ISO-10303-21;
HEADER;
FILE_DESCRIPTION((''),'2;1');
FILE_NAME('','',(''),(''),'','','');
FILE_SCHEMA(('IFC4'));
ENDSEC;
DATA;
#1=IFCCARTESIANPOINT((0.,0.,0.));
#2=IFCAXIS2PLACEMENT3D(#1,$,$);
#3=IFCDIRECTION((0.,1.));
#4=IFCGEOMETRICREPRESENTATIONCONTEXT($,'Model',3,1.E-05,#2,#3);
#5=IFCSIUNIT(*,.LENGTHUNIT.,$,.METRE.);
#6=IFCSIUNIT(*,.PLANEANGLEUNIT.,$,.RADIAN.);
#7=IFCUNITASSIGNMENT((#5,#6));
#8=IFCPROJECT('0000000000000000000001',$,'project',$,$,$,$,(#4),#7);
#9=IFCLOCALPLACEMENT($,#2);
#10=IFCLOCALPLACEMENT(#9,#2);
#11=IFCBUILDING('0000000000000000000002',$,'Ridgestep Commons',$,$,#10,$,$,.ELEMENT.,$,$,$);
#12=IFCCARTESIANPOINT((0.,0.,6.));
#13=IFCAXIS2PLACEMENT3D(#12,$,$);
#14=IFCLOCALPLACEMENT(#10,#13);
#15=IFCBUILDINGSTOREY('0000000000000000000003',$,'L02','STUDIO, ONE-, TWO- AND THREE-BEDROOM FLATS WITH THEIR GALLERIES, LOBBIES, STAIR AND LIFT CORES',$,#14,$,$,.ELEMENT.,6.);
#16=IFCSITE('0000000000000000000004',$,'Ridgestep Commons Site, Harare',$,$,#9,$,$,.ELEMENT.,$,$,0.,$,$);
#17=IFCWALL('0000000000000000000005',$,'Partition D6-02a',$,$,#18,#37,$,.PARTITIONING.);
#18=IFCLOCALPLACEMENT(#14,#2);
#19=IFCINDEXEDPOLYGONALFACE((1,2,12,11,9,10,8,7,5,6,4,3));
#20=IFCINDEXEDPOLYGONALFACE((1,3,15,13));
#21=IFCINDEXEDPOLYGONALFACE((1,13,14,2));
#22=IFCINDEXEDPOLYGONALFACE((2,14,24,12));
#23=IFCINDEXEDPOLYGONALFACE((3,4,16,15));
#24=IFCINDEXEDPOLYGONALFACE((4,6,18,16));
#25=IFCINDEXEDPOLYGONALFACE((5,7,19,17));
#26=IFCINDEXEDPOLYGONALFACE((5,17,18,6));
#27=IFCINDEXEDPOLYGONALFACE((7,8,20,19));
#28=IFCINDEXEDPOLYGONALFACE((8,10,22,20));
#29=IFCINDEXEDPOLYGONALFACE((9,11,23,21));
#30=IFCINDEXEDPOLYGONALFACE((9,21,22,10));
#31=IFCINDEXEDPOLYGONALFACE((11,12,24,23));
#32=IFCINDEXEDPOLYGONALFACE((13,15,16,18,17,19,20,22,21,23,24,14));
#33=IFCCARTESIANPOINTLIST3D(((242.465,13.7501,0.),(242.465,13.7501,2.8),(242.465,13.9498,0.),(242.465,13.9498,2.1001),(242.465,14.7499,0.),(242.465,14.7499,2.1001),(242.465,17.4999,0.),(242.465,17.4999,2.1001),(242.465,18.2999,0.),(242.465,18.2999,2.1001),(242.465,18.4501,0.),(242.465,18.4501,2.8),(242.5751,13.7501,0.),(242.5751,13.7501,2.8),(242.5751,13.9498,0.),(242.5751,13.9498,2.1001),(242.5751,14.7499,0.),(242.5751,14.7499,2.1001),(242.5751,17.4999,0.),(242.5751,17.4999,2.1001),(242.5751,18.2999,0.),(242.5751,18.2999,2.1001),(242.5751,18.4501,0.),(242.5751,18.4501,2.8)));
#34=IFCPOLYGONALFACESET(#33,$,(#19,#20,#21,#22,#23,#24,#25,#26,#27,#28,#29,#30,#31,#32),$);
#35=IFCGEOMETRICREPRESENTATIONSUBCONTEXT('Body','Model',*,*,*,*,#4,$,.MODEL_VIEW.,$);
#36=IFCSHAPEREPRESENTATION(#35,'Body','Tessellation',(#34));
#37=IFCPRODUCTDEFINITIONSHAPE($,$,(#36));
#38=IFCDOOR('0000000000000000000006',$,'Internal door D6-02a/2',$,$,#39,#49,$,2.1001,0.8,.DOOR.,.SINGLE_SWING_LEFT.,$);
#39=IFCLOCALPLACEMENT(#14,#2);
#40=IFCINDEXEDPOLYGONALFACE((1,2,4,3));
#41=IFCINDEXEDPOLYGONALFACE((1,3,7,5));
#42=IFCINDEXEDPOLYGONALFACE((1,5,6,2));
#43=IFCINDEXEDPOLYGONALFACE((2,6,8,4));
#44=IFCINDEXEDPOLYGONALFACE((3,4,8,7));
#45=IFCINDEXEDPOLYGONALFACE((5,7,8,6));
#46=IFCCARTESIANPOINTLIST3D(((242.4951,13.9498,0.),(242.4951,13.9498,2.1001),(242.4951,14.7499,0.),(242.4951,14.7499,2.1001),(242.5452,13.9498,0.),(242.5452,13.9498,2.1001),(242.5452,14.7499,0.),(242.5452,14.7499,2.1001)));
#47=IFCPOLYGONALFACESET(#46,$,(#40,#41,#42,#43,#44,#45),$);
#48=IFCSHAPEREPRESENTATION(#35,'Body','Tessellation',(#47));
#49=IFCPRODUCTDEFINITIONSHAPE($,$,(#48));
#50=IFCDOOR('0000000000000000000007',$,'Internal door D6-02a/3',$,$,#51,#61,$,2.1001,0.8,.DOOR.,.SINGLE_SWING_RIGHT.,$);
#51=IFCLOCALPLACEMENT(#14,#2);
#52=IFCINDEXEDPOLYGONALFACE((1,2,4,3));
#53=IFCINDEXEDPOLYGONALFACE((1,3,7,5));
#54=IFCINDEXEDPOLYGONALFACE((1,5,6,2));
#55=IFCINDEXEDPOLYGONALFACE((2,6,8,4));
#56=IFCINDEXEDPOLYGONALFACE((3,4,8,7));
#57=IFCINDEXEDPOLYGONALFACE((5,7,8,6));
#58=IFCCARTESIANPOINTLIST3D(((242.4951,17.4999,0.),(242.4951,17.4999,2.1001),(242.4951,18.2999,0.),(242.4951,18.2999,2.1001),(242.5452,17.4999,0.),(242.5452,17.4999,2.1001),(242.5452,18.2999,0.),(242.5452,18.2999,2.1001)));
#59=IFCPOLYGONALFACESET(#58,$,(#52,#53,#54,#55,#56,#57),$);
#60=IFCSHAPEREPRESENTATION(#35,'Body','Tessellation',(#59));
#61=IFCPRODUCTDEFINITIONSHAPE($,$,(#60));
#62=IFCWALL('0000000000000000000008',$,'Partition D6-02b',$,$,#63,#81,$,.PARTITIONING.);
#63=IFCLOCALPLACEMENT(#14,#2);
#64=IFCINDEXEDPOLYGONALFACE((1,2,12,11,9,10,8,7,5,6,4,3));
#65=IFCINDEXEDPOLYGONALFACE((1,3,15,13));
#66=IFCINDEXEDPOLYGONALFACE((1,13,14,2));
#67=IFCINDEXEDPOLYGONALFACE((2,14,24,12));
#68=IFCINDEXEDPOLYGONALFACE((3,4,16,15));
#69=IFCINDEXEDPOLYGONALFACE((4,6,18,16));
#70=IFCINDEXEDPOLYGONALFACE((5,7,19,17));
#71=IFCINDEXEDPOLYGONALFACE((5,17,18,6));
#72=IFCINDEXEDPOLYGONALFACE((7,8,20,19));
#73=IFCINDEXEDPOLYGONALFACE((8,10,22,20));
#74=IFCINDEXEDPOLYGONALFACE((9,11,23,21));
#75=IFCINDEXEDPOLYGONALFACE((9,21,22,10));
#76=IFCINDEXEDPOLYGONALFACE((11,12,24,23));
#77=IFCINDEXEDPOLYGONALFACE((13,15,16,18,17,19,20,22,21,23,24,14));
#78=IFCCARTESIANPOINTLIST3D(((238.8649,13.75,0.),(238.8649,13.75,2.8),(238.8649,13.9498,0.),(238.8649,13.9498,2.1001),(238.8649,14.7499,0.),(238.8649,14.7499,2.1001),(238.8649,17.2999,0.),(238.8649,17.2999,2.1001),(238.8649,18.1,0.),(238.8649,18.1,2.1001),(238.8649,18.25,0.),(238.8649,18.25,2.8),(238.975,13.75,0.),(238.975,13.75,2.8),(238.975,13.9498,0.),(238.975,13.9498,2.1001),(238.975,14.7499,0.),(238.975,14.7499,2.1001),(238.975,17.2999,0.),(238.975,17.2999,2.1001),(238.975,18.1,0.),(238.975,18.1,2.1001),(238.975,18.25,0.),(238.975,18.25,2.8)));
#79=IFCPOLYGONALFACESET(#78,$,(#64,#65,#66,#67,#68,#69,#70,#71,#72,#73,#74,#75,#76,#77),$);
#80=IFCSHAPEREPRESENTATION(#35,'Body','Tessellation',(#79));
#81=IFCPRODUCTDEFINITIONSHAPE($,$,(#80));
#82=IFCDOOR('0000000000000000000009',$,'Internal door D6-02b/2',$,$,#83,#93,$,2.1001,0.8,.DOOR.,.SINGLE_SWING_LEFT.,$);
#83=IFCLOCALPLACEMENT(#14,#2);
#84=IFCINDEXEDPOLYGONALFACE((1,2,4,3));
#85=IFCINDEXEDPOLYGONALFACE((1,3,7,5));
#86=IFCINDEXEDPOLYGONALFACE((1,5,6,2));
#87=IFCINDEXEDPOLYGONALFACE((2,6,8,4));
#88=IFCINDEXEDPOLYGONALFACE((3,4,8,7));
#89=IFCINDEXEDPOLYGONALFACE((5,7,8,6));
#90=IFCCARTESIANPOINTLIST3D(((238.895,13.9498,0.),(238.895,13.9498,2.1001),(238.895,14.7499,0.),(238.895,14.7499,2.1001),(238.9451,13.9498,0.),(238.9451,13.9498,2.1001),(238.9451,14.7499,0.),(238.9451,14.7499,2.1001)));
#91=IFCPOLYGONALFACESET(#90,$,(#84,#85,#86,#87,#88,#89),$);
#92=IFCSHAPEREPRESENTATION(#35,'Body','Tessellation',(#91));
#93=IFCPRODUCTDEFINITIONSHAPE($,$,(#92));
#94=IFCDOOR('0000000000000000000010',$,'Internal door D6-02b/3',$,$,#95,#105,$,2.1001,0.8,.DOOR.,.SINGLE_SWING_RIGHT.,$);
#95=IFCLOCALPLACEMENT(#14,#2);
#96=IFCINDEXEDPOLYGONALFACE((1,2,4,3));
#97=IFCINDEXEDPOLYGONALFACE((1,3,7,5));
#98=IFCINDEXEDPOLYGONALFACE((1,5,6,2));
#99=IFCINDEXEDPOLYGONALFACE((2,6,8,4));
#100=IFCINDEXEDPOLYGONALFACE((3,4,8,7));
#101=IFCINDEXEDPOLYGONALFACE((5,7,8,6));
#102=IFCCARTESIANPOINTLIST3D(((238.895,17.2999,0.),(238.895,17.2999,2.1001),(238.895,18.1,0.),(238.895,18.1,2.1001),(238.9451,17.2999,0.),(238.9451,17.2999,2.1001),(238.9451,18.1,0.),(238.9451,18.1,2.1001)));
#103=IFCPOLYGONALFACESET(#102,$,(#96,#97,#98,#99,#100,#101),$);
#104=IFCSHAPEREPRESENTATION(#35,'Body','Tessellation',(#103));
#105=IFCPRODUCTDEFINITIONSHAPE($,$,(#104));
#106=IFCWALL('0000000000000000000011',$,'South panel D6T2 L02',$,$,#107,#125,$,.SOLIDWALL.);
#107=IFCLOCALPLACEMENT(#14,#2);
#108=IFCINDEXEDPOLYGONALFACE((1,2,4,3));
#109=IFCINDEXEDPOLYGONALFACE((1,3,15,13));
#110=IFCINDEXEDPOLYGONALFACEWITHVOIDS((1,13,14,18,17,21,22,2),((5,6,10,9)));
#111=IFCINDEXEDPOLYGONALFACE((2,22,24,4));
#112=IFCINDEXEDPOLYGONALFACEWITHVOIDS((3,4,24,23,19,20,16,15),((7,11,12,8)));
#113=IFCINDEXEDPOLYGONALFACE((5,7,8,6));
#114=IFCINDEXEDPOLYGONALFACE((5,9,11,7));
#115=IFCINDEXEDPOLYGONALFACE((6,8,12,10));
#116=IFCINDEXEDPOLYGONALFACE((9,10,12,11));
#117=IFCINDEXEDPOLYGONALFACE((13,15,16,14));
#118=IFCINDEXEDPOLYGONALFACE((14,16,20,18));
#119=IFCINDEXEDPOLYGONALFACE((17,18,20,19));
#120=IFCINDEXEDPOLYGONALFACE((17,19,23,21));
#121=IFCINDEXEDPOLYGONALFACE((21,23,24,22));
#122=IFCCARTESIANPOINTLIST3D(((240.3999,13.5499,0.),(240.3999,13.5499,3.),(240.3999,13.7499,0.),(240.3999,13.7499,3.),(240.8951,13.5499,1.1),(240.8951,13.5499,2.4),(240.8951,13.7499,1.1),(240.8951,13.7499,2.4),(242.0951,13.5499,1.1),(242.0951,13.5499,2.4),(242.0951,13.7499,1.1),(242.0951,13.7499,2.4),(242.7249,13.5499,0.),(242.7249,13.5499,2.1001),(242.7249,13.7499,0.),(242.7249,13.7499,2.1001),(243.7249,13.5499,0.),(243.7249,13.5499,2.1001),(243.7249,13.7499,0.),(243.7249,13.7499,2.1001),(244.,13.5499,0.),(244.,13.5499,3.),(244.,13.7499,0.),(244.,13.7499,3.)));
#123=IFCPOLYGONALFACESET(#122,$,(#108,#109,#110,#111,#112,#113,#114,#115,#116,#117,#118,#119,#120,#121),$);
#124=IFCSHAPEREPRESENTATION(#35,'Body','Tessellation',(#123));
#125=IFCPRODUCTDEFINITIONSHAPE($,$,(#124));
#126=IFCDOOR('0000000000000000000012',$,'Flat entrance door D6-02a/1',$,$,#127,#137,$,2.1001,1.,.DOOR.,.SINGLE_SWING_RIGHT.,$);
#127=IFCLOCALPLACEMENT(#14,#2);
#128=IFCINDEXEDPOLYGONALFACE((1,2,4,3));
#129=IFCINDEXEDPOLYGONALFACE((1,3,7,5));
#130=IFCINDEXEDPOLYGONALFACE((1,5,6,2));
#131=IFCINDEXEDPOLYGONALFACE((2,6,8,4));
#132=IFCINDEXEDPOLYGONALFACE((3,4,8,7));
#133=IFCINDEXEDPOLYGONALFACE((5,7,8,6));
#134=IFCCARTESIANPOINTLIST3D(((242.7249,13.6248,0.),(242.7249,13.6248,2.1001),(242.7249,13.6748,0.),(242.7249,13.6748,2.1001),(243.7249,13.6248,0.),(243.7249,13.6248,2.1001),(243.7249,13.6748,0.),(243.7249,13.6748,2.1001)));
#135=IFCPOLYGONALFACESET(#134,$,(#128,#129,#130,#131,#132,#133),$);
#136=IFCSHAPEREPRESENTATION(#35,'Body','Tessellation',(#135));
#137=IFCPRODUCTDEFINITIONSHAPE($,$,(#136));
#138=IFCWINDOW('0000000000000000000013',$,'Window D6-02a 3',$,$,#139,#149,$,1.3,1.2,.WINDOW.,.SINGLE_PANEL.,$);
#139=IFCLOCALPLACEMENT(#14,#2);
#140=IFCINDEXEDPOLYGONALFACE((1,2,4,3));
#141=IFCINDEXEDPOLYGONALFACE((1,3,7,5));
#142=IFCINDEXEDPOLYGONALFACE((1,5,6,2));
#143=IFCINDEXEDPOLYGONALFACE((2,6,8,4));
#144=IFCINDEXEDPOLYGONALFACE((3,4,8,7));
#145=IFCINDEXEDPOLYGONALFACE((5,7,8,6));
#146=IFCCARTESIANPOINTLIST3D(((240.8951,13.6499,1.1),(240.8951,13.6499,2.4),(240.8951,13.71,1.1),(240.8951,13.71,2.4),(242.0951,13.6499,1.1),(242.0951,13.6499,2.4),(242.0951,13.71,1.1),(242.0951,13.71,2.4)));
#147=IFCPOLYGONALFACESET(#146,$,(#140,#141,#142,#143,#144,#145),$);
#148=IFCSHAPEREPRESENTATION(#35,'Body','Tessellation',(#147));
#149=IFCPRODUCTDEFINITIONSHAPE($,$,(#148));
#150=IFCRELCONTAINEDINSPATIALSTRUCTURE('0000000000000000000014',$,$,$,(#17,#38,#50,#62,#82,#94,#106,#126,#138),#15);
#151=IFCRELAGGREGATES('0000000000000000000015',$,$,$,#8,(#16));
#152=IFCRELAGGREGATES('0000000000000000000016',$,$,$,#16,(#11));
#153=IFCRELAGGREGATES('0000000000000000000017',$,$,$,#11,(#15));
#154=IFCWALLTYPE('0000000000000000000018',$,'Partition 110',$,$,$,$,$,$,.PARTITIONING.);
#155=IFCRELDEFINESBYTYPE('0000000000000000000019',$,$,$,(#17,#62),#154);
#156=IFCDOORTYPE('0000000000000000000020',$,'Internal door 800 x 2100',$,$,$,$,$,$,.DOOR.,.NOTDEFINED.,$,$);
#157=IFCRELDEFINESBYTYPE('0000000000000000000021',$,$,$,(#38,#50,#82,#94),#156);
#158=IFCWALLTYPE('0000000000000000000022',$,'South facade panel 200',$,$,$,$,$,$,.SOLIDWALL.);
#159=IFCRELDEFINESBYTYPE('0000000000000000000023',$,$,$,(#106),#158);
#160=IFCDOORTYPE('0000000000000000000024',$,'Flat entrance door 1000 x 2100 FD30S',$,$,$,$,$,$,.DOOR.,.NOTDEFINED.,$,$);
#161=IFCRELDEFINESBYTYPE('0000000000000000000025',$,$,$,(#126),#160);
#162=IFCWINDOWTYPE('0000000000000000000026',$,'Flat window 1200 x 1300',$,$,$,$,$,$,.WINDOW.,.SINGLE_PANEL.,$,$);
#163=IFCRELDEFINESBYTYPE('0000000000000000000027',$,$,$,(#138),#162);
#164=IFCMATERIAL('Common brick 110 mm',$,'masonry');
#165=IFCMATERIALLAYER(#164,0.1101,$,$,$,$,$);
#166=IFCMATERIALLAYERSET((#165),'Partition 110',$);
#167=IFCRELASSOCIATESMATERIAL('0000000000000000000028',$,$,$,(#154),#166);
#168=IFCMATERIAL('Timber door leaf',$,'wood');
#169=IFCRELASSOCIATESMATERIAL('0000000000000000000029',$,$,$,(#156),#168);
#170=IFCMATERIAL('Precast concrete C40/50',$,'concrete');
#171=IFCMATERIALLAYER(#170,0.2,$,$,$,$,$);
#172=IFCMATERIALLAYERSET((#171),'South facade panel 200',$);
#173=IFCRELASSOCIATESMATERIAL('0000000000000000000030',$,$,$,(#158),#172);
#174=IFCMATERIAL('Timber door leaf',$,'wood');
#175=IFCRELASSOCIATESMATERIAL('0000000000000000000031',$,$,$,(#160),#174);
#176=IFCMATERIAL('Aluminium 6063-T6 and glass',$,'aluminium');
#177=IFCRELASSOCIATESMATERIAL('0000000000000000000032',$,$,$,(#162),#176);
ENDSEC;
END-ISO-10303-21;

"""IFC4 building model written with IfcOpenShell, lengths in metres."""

from ifc_helpers import new_model, si_unit, direction, frame, frame_2d, origin, place, context, subcontext, project, spatial, rectangle, extrude, material, layer, layer_set, type_object, element, fill, save


model = new_model("IFC4")

# Units and contexts
model_context = context("Model", 3, precision=1e-05, world=origin(), true_north=direction((0.0, 1.0)))
body_context = subcontext(model_context, "Body", "Model", "MODEL_VIEW")
ifc_project = project(units=[si_unit("LENGTHUNIT", "METRE"), si_unit("PLANEANGLEUNIT", "RADIAN")], contexts=[model_context])

# Site, building, storey
site_placement = place(None, origin())
site = spatial("IfcSite", under=ifc_project, at=site_placement, Name="Ridgestep Commons Site, Harare", CompositionType="ELEMENT", RefElevation=0.0)
building_placement = place(site_placement, origin())
building = spatial("IfcBuilding", under=site, at=building_placement, Name="Ridgestep Commons", CompositionType="ELEMENT")
storey_placement = place(building_placement, frame((0.0, 0.0, 6.0)))
storey = spatial("IfcBuildingStorey", under=building, at=storey_placement, Name="L02", Description="STUDIO, ONE-, TWO- AND THREE-BEDROOM FLATS WITH THEIR GALLERIES, LOBBIES, STAIR AND LIFT CORES", CompositionType="ELEMENT", Elevation=6.0)

# Walls, openings, doors
ifc_material_1 = material(Name="Common brick 110 mm", Category="masonry")
ifc_layer_1 = layer(ifc_material_1, 0.1101)
ifc_layer_set_1 = layer_set([ifc_layer_1], Name="Partition 110")
wall_type_1 = type_object("IfcWallType", Name="Partition 110", PredefinedType="PARTITIONING", material=ifc_layer_set_1)
wall_1_placement = place(storey_placement, frame((242.52, 13.75, 0.0), z_axis=(0.0, 0.0, 1.0), x_axis=(0.0, 1.0, 0.0)))
wall_1 = element("IfcWall", 1, at=wall_1_placement, inside=storey, type_object=wall_type_1, Name="Partition D6-02a", PredefinedType="PARTITIONING", context=body_context, shape_type="SweptSolid", body=[
    extrude(rectangle(XDim=4.7, YDim=0.1101, at=frame_2d((2.3501, 0.0))), origin(), (0.0, 0.0, 1.0), 2.8),
])
opening_1_placement = place(wall_1_placement, frame((0.2, 0.0, 0.0)))
opening_1 = element("IfcOpeningElement", 2, at=opening_1_placement, cuts=wall_1, PredefinedType="OPENING", context=body_context, shape_type="SweptSolid", body=[
    extrude(rectangle(XDim=0.8, YDim=2.1001, at=frame_2d((0.3999, 1.05))), frame((0.0, 0.0649, 0.0), z_axis=(0.0, -1.0, 0.0), x_axis=(1.0, 0.0, 0.0)), (0.0, 0.0, 1.0), 0.1301),
])
opening_2_placement = place(wall_1_placement, frame((3.75, 0.0, 0.0)))
opening_2 = element("IfcOpeningElement", 3, at=opening_2_placement, cuts=wall_1, PredefinedType="OPENING", context=body_context, shape_type="SweptSolid", body=[
    extrude(rectangle(XDim=0.8, YDim=2.1001, at=frame_2d((0.3999, 1.05))), frame((0.0, 0.0649, 0.0), z_axis=(0.0, -1.0, 0.0), x_axis=(1.0, 0.0, 0.0)), (0.0, 0.0, 1.0), 0.1301),
])
ifc_material_2 = material(Name="Timber door leaf", Category="wood")
door_type_1 = type_object("IfcDoorType", Name="Internal door 800 x 2100", OperationType="NOTDEFINED", PredefinedType="DOOR", material=ifc_material_2)
door_1_placement = place(opening_1_placement, origin())
door_1 = element("IfcDoor", 4, at=door_1_placement, inside=storey, type_object=door_type_1, Name="Internal door D6-02a/2", OperationType="SINGLE_SWING_LEFT", OverallHeight=2.1001, OverallWidth=0.8, PredefinedType="DOOR", context=body_context, shape_type="SweptSolid", body=[
    extrude(rectangle(XDim=0.8, YDim=2.1001, at=frame_2d((0.3999, 1.05))), frame((0.0, 0.0249, 0.0), z_axis=(0.0, -1.0, 0.0), x_axis=(1.0, 0.0, 0.0)), (0.0, 0.0, 1.0), 0.05),
])
fill(opening_1, door_1)
door_2_placement = place(opening_2_placement, origin())
door_2 = element("IfcDoor", 5, at=door_2_placement, inside=storey, type_object=door_type_1, Name="Internal door D6-02a/3", OperationType="SINGLE_SWING_RIGHT", OverallHeight=2.1001, OverallWidth=0.8, PredefinedType="DOOR", context=body_context, shape_type="SweptSolid", body=[
    extrude(rectangle(XDim=0.8, YDim=2.1001, at=frame_2d((0.3999, 1.05))), frame((0.0, 0.0249, 0.0), z_axis=(0.0, -1.0, 0.0), x_axis=(1.0, 0.0, 0.0)), (0.0, 0.0, 1.0), 0.05),
])
fill(opening_2, door_2)
wall_2_placement = place(storey_placement, frame((238.9199, 13.75, 0.0), z_axis=(0.0, 0.0, 1.0), x_axis=(0.0, 1.0, 0.0)))
wall_2 = element("IfcWall", 6, at=wall_2_placement, inside=storey, type_object=wall_type_1, Name="Partition D6-02b", PredefinedType="PARTITIONING", context=body_context, shape_type="SweptSolid", body=[
    extrude(rectangle(XDim=4.5, YDim=0.1101, at=frame_2d((2.25, 0.0))), origin(), (0.0, 0.0, 1.0), 2.8),
])
opening_3_placement = place(wall_2_placement, frame((0.2, 0.0, 0.0)))
opening_3 = element("IfcOpeningElement", 7, at=opening_3_placement, cuts=wall_2, PredefinedType="OPENING", context=body_context, shape_type="SweptSolid", body=[
    extrude(rectangle(XDim=0.8, YDim=2.1001, at=frame_2d((0.3999, 1.05))), frame((0.0, 0.0649, 0.0), z_axis=(0.0, -1.0, 0.0), x_axis=(1.0, 0.0, 0.0)), (0.0, 0.0, 1.0), 0.1301),
])
opening_4_placement = place(wall_2_placement, frame((3.55, 0.0, 0.0)))
opening_4 = element("IfcOpeningElement", 8, at=opening_4_placement, cuts=wall_2, PredefinedType="OPENING", context=body_context, shape_type="SweptSolid", body=[
    extrude(rectangle(XDim=0.8, YDim=2.1001, at=frame_2d((0.3999, 1.05))), frame((0.0, 0.0649, 0.0), z_axis=(0.0, -1.0, 0.0), x_axis=(1.0, 0.0, 0.0)), (0.0, 0.0, 1.0), 0.1301),
])
door_3_placement = place(opening_3_placement, origin())
door_3 = element("IfcDoor", 9, at=door_3_placement, inside=storey, type_object=door_type_1, Name="Internal door D6-02b/2", OperationType="SINGLE_SWING_LEFT", OverallHeight=2.1001, OverallWidth=0.8, PredefinedType="DOOR", context=body_context, shape_type="SweptSolid", body=[
    extrude(rectangle(XDim=0.8, YDim=2.1001, at=frame_2d((0.3999, 1.05))), frame((0.0, 0.0249, 0.0), z_axis=(0.0, -1.0, 0.0), x_axis=(1.0, 0.0, 0.0)), (0.0, 0.0, 1.0), 0.05),
])
fill(opening_3, door_3)
door_4_placement = place(opening_4_placement, origin())
door_4 = element("IfcDoor", 10, at=door_4_placement, inside=storey, type_object=door_type_1, Name="Internal door D6-02b/3", OperationType="SINGLE_SWING_RIGHT", OverallHeight=2.1001, OverallWidth=0.8, PredefinedType="DOOR", context=body_context, shape_type="SweptSolid", body=[
    extrude(rectangle(XDim=0.8, YDim=2.1001, at=frame_2d((0.3999, 1.05))), frame((0.0, 0.0249, 0.0), z_axis=(0.0, -1.0, 0.0), x_axis=(1.0, 0.0, 0.0)), (0.0, 0.0, 1.0), 0.05),
])
fill(opening_4, door_4)

# Wall, openings, door, window
ifc_material_3 = material(Name="Precast concrete C40/50", Category="concrete")
ifc_layer_2 = layer(ifc_material_3, 0.2)
ifc_layer_set_2 = layer_set([ifc_layer_2], Name="South facade panel 200")
wall_type_2 = type_object("IfcWallType", Name="South facade panel 200", PredefinedType="SOLIDWALL", material=ifc_layer_set_2)
wall_3_placement = place(storey_placement, frame((240.3999, 13.6499, 0.0), z_axis=(0.0, 0.0, 1.0), x_axis=(1.0, 0.0, 0.0)))
wall_3 = element("IfcWall", 11, at=wall_3_placement, inside=storey, type_object=wall_type_2, Name="South panel D6T2 L02", PredefinedType="SOLIDWALL", context=body_context, shape_type="SweptSolid", body=[
    extrude(rectangle(XDim=3.6001, YDim=0.2, at=frame_2d((1.8, 0.0))), origin(), (0.0, 0.0, 1.0), 3.0),
])
opening_5_placement = place(wall_3_placement, frame((0.4951, 0.0, 1.1001)))
opening_5 = element("IfcOpeningElement", 12, at=opening_5_placement, cuts=wall_3, PredefinedType="OPENING", context=body_context, shape_type="SweptSolid", body=[
    extrude(rectangle(XDim=1.2, YDim=1.3, at=frame_2d((0.6001, 0.6499))), frame((0.0, 0.1099, 0.0), z_axis=(0.0, -1.0, 0.0), x_axis=(1.0, 0.0, 0.0)), (0.0, 0.0, 1.0), 0.22),
])
opening_6_placement = place(wall_3_placement, frame((2.325, 0.0, 0.0)))
opening_6 = element("IfcOpeningElement", 13, at=opening_6_placement, cuts=wall_3, PredefinedType="OPENING", context=body_context, shape_type="SweptSolid", body=[
    extrude(rectangle(XDim=1.0, YDim=2.1001, at=frame_2d((0.5, 1.05))), frame((0.0, 0.1099, 0.0), z_axis=(0.0, -1.0, 0.0), x_axis=(1.0, 0.0, 0.0)), (0.0, 0.0, 1.0), 0.22),
])
ifc_material_4 = material(Name="Timber door leaf", Category="wood")
door_type_2 = type_object("IfcDoorType", Name="Flat entrance door 1000 x 2100 FD30S", OperationType="NOTDEFINED", PredefinedType="DOOR", material=ifc_material_4)
door_5_placement = place(opening_6_placement, origin())
door_5 = element("IfcDoor", 14, at=door_5_placement, inside=storey, type_object=door_type_2, Name="Flat entrance door D6-02a/1", OperationType="SINGLE_SWING_RIGHT", OverallHeight=2.1001, OverallWidth=1.0, PredefinedType="DOOR", context=body_context, shape_type="SweptSolid", body=[
    extrude(rectangle(XDim=1.0, YDim=2.1001, at=frame_2d((0.5, 1.05))), frame((0.0, 0.0249, 0.0), z_axis=(0.0, -1.0, 0.0), x_axis=(1.0, 0.0, 0.0)), (0.0, 0.0, 1.0), 0.05),
])
fill(opening_6, door_5)
ifc_material_5 = material(Name="Aluminium 6063-T6 and glass", Category="aluminium")
window_type_1 = type_object("IfcWindowType", Name="Flat window 1200 x 1300", PartitioningType="SINGLE_PANEL", PredefinedType="WINDOW", material=ifc_material_5)
window_1_placement = place(opening_5_placement, origin())
window_1 = element("IfcWindow", 15, at=window_1_placement, inside=storey, type_object=window_type_1, Name="Window D6-02a 3", OverallHeight=1.3, OverallWidth=1.2, PartitioningType="SINGLE_PANEL", PredefinedType="WINDOW", context=body_context, shape_type="SweptSolid", body=[
    extrude(rectangle(XDim=1.2, YDim=1.3, at=frame_2d((0.6001, 0.6499))), frame((0.0, 0.0601, 0.0), z_axis=(0.0, -1.0, 0.0), x_axis=(1.0, 0.0, 0.0)), (0.0, 0.0, 1.0), 0.0601),
])
fill(opening_5, window_1)

save(model, "model.ifc")
